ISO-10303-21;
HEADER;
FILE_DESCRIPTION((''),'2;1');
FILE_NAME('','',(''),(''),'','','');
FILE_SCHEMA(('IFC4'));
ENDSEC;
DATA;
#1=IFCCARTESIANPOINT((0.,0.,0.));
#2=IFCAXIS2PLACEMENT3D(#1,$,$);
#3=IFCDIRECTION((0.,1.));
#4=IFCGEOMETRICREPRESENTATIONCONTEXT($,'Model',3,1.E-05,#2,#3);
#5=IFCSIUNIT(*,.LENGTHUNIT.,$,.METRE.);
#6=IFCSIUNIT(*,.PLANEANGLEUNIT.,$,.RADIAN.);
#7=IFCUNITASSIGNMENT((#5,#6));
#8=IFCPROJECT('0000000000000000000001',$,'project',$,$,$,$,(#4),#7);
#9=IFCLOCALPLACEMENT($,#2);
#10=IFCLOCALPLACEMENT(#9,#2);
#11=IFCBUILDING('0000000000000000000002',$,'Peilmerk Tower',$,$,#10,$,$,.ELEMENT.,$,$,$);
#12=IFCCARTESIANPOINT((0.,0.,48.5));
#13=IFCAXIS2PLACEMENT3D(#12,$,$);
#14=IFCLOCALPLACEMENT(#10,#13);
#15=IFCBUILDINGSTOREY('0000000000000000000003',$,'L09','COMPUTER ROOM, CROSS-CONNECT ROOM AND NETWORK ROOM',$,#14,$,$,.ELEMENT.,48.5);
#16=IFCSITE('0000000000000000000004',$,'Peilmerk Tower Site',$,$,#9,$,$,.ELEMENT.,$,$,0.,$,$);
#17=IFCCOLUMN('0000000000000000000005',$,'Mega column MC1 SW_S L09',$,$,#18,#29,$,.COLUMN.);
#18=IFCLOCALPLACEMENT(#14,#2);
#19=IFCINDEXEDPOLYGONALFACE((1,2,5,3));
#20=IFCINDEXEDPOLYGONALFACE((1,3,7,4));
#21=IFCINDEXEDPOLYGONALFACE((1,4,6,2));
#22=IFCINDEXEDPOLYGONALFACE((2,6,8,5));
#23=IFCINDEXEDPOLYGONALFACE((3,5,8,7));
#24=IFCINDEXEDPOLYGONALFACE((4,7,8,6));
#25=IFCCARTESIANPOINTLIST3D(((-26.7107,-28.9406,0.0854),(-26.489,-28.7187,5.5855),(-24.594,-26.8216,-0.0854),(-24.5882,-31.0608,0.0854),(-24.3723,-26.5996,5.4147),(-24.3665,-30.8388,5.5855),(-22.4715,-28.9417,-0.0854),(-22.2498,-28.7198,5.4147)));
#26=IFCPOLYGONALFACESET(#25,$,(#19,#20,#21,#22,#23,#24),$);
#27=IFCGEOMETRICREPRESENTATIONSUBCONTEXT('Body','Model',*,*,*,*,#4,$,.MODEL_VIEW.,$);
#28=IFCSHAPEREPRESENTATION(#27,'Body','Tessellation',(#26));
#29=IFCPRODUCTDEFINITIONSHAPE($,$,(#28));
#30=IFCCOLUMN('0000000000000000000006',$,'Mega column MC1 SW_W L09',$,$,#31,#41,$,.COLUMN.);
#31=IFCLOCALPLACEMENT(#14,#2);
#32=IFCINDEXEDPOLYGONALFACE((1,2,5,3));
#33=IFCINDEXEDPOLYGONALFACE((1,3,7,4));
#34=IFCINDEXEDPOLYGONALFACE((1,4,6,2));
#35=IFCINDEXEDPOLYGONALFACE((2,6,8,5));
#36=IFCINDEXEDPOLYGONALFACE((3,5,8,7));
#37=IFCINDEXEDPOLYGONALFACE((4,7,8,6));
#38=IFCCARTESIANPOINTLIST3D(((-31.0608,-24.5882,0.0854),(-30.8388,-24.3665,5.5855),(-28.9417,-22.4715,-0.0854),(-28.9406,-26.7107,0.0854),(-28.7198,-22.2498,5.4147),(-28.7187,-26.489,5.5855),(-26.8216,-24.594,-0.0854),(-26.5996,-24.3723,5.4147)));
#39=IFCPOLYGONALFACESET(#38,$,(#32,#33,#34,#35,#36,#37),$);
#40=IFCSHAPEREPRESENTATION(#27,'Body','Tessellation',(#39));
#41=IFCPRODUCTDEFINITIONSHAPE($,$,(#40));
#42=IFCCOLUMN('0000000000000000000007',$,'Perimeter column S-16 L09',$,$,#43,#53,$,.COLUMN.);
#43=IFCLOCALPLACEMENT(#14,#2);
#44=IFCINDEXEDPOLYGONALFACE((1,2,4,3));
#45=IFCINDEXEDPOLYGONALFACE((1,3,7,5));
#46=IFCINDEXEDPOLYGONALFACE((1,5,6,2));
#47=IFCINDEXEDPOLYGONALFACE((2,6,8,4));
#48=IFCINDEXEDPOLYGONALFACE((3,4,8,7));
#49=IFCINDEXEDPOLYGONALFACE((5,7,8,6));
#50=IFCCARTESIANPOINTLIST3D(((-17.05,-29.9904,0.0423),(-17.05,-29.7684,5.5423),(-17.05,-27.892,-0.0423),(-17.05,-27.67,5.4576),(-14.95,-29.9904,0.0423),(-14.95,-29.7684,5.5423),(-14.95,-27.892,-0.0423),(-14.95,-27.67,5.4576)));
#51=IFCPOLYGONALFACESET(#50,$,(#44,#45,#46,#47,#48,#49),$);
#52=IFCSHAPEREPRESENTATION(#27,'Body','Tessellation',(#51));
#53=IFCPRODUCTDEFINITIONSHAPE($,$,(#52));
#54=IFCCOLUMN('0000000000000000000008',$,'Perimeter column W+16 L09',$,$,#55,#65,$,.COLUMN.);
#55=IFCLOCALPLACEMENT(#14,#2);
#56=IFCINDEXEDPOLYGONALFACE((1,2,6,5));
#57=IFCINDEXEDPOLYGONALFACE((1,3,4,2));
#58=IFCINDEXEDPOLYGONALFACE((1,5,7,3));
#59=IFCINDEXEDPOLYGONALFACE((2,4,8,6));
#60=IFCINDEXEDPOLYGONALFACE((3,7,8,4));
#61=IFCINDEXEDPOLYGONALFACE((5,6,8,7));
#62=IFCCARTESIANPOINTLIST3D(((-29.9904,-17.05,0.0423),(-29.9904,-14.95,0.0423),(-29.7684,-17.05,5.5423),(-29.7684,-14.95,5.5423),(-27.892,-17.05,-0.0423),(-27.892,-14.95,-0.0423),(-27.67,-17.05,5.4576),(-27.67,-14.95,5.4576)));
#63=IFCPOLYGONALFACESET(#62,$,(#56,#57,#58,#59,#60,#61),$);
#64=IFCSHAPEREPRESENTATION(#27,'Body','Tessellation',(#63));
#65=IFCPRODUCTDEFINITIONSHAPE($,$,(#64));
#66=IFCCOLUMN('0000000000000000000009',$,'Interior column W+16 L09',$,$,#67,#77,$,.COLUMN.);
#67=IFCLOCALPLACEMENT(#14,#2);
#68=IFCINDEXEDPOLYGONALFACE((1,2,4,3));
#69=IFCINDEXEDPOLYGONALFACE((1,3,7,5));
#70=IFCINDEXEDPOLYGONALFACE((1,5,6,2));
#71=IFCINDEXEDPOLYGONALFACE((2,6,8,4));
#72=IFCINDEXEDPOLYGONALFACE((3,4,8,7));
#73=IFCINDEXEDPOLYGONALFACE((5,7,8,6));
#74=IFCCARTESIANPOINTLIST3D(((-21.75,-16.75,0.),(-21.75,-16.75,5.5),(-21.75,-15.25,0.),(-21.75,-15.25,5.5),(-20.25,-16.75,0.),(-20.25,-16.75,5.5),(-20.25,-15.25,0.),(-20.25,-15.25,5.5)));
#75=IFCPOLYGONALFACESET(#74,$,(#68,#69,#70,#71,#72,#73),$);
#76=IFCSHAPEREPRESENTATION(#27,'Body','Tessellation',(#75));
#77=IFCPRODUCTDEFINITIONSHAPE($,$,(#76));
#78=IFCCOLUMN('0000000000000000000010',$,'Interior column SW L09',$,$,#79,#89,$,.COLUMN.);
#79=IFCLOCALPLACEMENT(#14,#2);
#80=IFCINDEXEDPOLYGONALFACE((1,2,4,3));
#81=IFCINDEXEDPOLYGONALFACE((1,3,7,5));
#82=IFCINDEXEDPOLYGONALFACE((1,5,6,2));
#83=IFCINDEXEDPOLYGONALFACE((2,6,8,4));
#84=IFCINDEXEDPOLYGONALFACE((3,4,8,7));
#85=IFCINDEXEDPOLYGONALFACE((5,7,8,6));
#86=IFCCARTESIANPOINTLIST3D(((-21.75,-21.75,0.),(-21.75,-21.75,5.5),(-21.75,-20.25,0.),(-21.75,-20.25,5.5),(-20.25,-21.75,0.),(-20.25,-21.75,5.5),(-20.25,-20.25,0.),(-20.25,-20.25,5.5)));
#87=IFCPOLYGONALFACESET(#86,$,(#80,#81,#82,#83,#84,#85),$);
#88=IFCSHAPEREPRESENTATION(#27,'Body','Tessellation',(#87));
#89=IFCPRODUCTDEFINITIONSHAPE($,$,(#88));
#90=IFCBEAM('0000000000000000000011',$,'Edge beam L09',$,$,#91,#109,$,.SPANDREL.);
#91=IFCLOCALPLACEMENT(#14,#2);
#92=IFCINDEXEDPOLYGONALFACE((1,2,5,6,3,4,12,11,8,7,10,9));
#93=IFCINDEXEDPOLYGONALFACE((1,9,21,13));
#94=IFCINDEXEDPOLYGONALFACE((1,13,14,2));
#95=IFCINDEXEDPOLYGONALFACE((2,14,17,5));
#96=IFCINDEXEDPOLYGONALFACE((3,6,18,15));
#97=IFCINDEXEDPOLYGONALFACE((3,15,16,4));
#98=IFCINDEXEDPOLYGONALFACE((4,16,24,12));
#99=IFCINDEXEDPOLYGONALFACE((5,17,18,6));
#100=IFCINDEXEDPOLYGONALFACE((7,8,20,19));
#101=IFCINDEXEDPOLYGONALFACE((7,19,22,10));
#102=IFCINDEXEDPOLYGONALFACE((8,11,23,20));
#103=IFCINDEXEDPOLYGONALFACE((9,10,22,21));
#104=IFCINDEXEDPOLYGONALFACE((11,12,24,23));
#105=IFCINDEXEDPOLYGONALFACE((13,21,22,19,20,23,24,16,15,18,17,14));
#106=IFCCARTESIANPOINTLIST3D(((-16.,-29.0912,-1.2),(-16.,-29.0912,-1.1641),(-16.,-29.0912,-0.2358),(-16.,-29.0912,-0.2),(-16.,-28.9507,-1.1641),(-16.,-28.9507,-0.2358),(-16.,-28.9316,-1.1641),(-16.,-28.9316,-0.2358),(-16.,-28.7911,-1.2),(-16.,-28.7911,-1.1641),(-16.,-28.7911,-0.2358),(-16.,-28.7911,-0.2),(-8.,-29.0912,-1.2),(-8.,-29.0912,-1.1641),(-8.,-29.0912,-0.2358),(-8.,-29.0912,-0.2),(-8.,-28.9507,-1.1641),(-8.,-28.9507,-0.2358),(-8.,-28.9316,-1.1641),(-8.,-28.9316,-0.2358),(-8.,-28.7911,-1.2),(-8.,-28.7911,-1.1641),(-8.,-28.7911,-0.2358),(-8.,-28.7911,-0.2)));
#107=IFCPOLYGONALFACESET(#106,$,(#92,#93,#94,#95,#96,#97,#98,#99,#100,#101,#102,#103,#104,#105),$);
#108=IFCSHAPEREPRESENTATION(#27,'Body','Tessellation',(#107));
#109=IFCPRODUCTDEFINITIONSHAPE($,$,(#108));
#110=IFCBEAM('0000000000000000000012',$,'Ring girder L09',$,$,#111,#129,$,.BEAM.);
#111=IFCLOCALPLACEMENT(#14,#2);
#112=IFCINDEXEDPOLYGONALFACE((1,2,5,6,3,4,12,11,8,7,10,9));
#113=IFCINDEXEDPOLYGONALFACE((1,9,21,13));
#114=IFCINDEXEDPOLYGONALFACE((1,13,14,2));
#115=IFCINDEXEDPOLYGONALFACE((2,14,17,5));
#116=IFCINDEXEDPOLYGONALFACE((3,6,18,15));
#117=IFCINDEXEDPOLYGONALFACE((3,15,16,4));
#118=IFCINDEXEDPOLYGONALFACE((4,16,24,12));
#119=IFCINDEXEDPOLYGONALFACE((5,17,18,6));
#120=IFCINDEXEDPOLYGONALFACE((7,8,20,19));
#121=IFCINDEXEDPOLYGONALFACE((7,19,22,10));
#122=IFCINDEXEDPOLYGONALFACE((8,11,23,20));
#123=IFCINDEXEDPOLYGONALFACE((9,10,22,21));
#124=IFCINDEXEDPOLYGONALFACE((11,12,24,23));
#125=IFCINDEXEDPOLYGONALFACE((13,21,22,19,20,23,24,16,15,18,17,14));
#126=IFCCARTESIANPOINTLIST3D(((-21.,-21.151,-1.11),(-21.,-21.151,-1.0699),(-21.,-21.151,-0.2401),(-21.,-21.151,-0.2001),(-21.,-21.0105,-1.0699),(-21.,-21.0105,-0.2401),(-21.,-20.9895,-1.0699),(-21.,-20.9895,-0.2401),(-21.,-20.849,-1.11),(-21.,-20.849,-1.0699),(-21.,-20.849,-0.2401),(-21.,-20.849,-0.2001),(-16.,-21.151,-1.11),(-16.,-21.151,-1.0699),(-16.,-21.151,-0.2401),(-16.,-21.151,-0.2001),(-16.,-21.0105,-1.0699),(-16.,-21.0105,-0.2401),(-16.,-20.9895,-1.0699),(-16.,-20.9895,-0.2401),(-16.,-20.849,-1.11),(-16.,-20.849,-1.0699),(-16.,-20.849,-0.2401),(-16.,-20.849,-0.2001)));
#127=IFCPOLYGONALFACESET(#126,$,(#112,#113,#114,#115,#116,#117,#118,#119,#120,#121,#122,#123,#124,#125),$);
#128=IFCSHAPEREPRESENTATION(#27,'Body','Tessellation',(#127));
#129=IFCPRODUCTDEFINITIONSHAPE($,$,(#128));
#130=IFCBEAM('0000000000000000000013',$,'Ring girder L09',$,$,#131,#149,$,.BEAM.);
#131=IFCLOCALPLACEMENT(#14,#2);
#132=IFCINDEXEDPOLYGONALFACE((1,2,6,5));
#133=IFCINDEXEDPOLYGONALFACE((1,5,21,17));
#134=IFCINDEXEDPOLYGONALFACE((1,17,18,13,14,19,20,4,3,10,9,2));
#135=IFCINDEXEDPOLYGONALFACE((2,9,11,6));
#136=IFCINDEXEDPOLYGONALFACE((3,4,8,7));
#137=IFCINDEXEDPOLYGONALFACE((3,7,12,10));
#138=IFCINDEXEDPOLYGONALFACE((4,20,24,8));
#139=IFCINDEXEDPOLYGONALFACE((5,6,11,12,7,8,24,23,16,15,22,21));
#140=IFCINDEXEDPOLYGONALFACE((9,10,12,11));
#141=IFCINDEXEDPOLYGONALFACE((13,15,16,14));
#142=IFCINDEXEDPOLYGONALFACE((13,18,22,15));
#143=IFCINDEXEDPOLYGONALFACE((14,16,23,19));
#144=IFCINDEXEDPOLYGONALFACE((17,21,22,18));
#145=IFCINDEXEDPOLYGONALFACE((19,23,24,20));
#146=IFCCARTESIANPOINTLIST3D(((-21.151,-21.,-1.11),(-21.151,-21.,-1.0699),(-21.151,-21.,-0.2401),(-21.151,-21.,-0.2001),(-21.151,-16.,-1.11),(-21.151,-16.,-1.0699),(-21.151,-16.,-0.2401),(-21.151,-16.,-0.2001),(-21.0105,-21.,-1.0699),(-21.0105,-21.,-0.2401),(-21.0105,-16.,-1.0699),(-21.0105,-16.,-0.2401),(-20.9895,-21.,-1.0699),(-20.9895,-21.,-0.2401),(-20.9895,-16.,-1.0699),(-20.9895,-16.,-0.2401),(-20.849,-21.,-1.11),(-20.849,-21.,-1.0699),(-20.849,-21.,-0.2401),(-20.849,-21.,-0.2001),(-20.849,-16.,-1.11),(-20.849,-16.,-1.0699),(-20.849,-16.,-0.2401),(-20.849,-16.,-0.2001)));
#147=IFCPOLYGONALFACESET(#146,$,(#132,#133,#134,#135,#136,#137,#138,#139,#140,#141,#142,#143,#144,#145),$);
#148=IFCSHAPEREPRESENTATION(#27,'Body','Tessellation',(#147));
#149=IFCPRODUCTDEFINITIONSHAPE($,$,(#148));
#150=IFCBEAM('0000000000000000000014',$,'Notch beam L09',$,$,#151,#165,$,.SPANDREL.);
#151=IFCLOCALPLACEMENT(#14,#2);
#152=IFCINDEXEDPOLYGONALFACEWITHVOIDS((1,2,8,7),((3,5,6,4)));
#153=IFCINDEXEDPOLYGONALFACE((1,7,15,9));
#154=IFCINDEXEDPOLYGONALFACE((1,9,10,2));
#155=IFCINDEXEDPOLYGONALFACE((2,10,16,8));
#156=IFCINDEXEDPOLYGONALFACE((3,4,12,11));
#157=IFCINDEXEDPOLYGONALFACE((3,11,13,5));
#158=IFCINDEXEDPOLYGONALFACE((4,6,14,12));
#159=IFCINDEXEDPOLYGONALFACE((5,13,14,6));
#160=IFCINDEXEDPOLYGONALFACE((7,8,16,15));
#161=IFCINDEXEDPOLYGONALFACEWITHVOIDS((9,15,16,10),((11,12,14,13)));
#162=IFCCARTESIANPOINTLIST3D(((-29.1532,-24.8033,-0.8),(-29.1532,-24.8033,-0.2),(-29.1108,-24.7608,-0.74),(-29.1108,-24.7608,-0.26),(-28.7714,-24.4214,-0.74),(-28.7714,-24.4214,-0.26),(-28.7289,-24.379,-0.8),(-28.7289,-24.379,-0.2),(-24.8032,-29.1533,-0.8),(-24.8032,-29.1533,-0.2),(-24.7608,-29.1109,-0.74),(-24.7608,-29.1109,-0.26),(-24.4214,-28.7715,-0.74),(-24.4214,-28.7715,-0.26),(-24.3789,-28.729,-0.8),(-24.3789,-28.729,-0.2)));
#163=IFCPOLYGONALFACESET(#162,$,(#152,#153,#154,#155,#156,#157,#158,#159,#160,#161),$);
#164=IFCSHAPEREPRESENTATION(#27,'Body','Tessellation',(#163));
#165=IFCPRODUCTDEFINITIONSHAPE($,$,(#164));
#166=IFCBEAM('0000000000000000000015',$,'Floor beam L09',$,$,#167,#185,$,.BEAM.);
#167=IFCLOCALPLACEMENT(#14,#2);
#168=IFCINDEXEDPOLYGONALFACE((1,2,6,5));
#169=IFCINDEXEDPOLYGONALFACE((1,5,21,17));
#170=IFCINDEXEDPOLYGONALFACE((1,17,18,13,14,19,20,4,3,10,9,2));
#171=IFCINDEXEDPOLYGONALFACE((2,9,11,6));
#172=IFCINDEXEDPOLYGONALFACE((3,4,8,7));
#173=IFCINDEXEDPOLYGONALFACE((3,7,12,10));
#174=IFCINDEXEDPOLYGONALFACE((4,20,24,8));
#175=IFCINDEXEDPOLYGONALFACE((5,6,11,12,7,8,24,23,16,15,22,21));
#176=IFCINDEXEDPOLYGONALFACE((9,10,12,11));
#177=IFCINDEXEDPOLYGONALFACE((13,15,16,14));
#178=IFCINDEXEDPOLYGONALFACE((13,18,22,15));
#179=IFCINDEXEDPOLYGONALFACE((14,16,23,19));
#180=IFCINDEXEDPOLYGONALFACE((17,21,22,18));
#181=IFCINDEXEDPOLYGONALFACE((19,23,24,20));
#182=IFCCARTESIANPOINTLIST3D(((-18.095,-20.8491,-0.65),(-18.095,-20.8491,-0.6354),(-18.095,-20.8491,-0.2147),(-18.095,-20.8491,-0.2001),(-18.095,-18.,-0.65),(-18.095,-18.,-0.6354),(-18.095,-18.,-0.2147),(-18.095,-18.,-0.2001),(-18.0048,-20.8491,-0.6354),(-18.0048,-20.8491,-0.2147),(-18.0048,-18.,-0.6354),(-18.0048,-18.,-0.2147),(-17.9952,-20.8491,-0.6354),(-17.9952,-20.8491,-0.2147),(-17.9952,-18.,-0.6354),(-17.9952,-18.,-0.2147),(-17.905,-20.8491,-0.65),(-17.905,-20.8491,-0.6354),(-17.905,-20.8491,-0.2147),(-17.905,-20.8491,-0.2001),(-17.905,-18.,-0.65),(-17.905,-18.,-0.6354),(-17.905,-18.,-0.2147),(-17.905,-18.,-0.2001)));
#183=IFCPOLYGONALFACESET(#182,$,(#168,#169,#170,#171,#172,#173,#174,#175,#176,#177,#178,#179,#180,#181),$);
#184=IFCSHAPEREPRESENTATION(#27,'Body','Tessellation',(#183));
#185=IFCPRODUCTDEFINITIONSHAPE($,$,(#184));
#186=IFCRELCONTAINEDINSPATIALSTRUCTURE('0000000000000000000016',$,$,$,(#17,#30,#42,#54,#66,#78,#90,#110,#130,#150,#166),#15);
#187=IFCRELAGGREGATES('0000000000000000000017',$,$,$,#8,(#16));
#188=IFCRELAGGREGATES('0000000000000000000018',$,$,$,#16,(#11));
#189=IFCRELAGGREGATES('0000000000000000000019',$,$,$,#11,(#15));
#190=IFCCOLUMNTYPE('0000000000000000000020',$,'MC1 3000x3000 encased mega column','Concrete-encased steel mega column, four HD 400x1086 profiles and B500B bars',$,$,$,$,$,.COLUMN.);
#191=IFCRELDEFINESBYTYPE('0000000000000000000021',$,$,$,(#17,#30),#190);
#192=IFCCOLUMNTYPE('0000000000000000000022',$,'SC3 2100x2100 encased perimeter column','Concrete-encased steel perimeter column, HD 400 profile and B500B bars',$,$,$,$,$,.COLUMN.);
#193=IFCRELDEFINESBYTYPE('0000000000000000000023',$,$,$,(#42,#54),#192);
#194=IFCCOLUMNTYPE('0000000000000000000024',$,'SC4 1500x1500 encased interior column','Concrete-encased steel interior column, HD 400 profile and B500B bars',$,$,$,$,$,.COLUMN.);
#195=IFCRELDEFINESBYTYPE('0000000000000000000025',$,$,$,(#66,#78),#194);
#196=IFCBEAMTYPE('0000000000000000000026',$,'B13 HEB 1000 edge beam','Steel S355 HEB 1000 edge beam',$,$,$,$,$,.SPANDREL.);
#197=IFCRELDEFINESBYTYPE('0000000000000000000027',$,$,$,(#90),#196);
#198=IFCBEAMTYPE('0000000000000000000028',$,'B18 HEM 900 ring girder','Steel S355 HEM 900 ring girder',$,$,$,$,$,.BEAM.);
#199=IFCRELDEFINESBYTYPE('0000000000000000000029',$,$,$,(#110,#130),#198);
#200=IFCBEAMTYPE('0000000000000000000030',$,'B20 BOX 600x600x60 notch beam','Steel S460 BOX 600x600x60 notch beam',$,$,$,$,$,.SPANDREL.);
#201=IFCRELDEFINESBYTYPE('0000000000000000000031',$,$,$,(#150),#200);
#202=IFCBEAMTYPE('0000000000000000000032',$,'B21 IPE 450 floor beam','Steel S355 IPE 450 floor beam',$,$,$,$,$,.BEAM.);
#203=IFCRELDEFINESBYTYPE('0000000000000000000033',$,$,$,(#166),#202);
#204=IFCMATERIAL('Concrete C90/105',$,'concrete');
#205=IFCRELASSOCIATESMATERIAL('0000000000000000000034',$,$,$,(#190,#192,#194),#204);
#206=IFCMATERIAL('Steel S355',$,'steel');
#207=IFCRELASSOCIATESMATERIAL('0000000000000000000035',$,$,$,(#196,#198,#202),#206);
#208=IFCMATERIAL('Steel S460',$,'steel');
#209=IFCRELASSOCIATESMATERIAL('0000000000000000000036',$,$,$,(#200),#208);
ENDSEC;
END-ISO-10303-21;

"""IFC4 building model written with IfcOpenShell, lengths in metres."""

from ifc_helpers import new_model, si_unit, direction, frame, origin, origin_2d, place, context, subcontext, project, spatial, rectangle, hollow_rectangle, i_section, extrude, material, material_profile, profile_set, type_object, element, save


model = new_model("IFC4")

# Units and contexts
model_context = context("Model", 3, precision=1e-05, world=origin(), true_north=direction((0.0, 1.0)))
body_context = subcontext(model_context, "Body", "Model", "MODEL_VIEW")
ifc_project = project(units=[si_unit("LENGTHUNIT", "METRE"), si_unit("PLANEANGLEUNIT", "RADIAN")], contexts=[model_context])

# Site, building, storey
site_placement = place(None, origin())
site = spatial("IfcSite", under=ifc_project, at=site_placement, Name="Peilmerk Tower Site", CompositionType="ELEMENT", RefElevation=0.0)
building_placement = place(site_placement, origin())
building = spatial("IfcBuilding", under=site, at=building_placement, Name="Peilmerk Tower", CompositionType="ELEMENT")
storey_placement = place(building_placement, frame((0.0, 0.0, 48.5)))
storey = spatial("IfcBuildingStorey", under=building, at=storey_placement, Name="L09", Description="COMPUTER ROOM, CROSS-CONNECT ROOM AND NETWORK ROOM", CompositionType="ELEMENT", Elevation=48.5)

# Columns
ifc_material_1 = material(Name="Concrete C90/105", Category="concrete")
ifc_material_profile_1 = material_profile(ifc_material_1, rectangle(XDim=3.0, YDim=3.0, at=origin_2d()), Name="RC 3000x3000")
ifc_profile_set_1 = profile_set([ifc_material_profile_1], Name="Concrete C90/105")
column_type_1 = type_object("IfcColumnType", Name="MC1 3000x3000 encased mega column", Description="Concrete-encased steel mega column, four HD 400x1086 profiles and B500B bars", PredefinedType="COLUMN", material=ifc_profile_set_1)
for number, where, z_axis, x_axis, name in (
    (1, (-24.5911, -28.9412, 0.0), (0.04024, 0.040284, 0.998378), (-0.707496, 0.706718, 0.0), "Mega column MC1 SW_S L09"),
    (2, (-28.9412, -24.5911, 0.0), (0.040284, 0.04024, 0.998378), (-0.706718, 0.707496, 0.0), "Mega column MC1 SW_W L09"),
):
    element("IfcColumn", number, at=place(storey_placement, frame(where, z_axis=z_axis, x_axis=x_axis)), inside=storey, type_object=column_type_1, Name=name, PredefinedType="COLUMN", context=body_context, shape_type="SweptSolid", body=[
        extrude(rectangle(XDim=3.0, YDim=3.0, at=origin_2d()), origin(), (0.0, 0.0, 1.0), 5.509),
    ])
ifc_material_profile_2 = material_profile(ifc_material_1, rectangle(XDim=2.1001, YDim=2.1001, at=origin_2d()), Name="RC 2100x2100")
ifc_profile_set_2 = profile_set([ifc_material_profile_2], Name="Concrete C90/105")
column_type_2 = type_object("IfcColumnType", Name="SC3 2100x2100 encased perimeter column", Description="Concrete-encased steel perimeter column, HD 400 profile and B500B bars", PredefinedType="COLUMN", material=ifc_profile_set_2)
for number, where, z_axis, x_axis, name in (
    (3, (-16.0, -28.9412, 0.0), (0.0, 0.040317, 0.999187), (-1.0, 0.0, 0.0), "Perimeter column S-16 L09"),
    (4, (-28.9412, -16.0, 0.0), (0.040317, 0.0, 0.999187), (0.0, 1.0, 0.0), "Perimeter column W+16 L09"),
):
    element("IfcColumn", number, at=place(storey_placement, frame(where, z_axis=z_axis, x_axis=x_axis)), inside=storey, type_object=column_type_2, Name=name, PredefinedType="COLUMN", context=body_context, shape_type="SweptSolid", body=[
        extrude(rectangle(XDim=2.1001, YDim=2.1001, at=origin_2d()), origin(), (0.0, 0.0, 1.0), 5.5044),
    ])
ifc_material_profile_3 = material_profile(ifc_material_1, rectangle(XDim=1.5, YDim=1.5, at=origin_2d()), Name="RC 1500x1500")
ifc_profile_set_3 = profile_set([ifc_material_profile_3], Name="Concrete C90/105")
column_type_3 = type_object("IfcColumnType", Name="SC4 1500x1500 encased interior column", Description="Concrete-encased steel interior column, HD 400 profile and B500B bars", PredefinedType="COLUMN", material=ifc_profile_set_3)
for number, where, z_axis, x_axis, name in (
    (5, (-21.0, -16.0, 0.0), (0.0, 0.0, 1.0), (1.0, 0.0, 0.0), "Interior column W+16 L09"),
    (6, (-21.0, -21.0, 0.0), (0.0, 0.0, 1.0), (1.0, 0.0, 0.0), "Interior column SW L09"),
):
    element("IfcColumn", number, at=place(storey_placement, frame(where, z_axis=z_axis, x_axis=x_axis)), inside=storey, type_object=column_type_3, Name=name, PredefinedType="COLUMN", context=body_context, shape_type="SweptSolid", body=[
        extrude(rectangle(XDim=1.5, YDim=1.5, at=origin_2d()), origin(), (0.0, 0.0, 1.0), 5.5),
    ])

# Beams
ifc_material_2 = material(Name="Steel S355", Category="steel")
ifc_material_profile_4 = material_profile(ifc_material_2, i_section(OverallWidth=0.3, OverallDepth=1.0, WebThickness=0.019, FlangeThickness=0.0359, at=origin_2d()), Name="HEB 1000")
ifc_profile_set_4 = profile_set([ifc_material_profile_4], Name="Steel S355")
beam_type_1 = type_object("IfcBeamType", Name="B13 HEB 1000 edge beam", Description="Steel S355 HEB 1000 edge beam", PredefinedType="SPANDREL", material=ifc_profile_set_4)
beam_1_placement = place(storey_placement, frame((-16.0, -28.9412, -0.7), z_axis=(1.0, 0.0, 0.0), x_axis=(0.0, 1.0, 0.0)))
element("IfcBeam", 7, at=beam_1_placement, inside=storey, type_object=beam_type_1, Name="Edge beam L09", PredefinedType="SPANDREL", context=body_context, shape_type="SweptSolid", body=[
    extrude(i_section(OverallWidth=0.3, OverallDepth=1.0, WebThickness=0.019, FlangeThickness=0.0359, at=origin_2d()), origin(), (0.0, 0.0, 1.0), 8.0),
])
ifc_material_profile_5 = material_profile(ifc_material_2, i_section(OverallWidth=0.302, OverallDepth=0.9099, WebThickness=0.021, FlangeThickness=0.04, at=origin_2d()), Name="HEM 900")
ifc_profile_set_5 = profile_set([ifc_material_profile_5], Name="Steel S355")
beam_type_2 = type_object("IfcBeamType", Name="B18 HEM 900 ring girder", Description="Steel S355 HEM 900 ring girder", PredefinedType="BEAM", material=ifc_profile_set_5)
for number, where, z_axis, x_axis, name in (
    (8, (-21.0, -21.0, -0.655), (1.0, 0.0, 0.0), (0.0, 1.0, 0.0), "Ring girder L09"),
    (9, (-21.0, -16.0, -0.655), (0.0, -1.0, 0.0), (1.0, 0.0, 0.0), "Ring girder L09"),
):
    element("IfcBeam", number, at=place(storey_placement, frame(where, z_axis=z_axis, x_axis=x_axis)), inside=storey, type_object=beam_type_2, Name=name, PredefinedType="BEAM", context=body_context, shape_type="SweptSolid", body=[
        extrude(i_section(OverallWidth=0.302, OverallDepth=0.9099, WebThickness=0.021, FlangeThickness=0.04, at=origin_2d()), origin(), (0.0, 0.0, 1.0), 5.0),
    ])
ifc_material_3 = material(Name="Steel S460", Category="steel")
ifc_material_profile_6 = material_profile(ifc_material_3, hollow_rectangle(XDim=0.6001, YDim=0.6001, WallThickness=0.0601, at=origin_2d()), Name="BOX 600x600x60")
ifc_profile_set_6 = profile_set([ifc_material_profile_6], Name="Steel S460")
beam_type_3 = type_object("IfcBeamType", Name="B20 BOX 600x600x60 notch beam", Description="Steel S460 BOX 600x600x60 notch beam", PredefinedType="SPANDREL", material=ifc_profile_set_6)
beam_2_placement = place(storey_placement, frame((-24.5911, -28.9412, -0.5), z_axis=(-0.707107, 0.707107, 0.0), x_axis=(-0.707107, -0.707107, 0.0)))
element("IfcBeam", 10, at=beam_2_placement, inside=storey, type_object=beam_type_3, Name="Notch beam L09", PredefinedType="SPANDREL", context=body_context, shape_type="SweptSolid", body=[
    extrude(hollow_rectangle(XDim=0.6001, YDim=0.6001, WallThickness=0.0601, at=origin_2d()), origin(), (0.0, 0.0, 1.0), 6.1519),
])
ifc_material_profile_7 = material_profile(ifc_material_2, i_section(OverallWidth=0.1899, OverallDepth=0.45, WebThickness=0.0095, FlangeThickness=0.0146, at=origin_2d()), Name="IPE 450")
ifc_profile_set_7 = profile_set([ifc_material_profile_7], Name="Steel S355")
beam_type_4 = type_object("IfcBeamType", Name="B21 IPE 450 floor beam", Description="Steel S355 IPE 450 floor beam", PredefinedType="BEAM", material=ifc_profile_set_7)
for number, where, z_axis, x_axis, name in (
    (11, (-18.0, -18.0, -0.425), (0.0, -1.0, 0.0), (1.0, 0.0, 0.0), "Floor beam L09"),
):
    element("IfcBeam", number, at=place(storey_placement, frame(where, z_axis=z_axis, x_axis=x_axis)), inside=storey, type_object=beam_type_4, Name=name, PredefinedType="BEAM", context=body_context, shape_type="SweptSolid", body=[
        extrude(i_section(OverallWidth=0.1899, OverallDepth=0.45, WebThickness=0.0095, FlangeThickness=0.0146, at=origin_2d()), origin(), (0.0, 0.0, 1.0), 2.8491),
    ])

save(model, "model.ifc")
